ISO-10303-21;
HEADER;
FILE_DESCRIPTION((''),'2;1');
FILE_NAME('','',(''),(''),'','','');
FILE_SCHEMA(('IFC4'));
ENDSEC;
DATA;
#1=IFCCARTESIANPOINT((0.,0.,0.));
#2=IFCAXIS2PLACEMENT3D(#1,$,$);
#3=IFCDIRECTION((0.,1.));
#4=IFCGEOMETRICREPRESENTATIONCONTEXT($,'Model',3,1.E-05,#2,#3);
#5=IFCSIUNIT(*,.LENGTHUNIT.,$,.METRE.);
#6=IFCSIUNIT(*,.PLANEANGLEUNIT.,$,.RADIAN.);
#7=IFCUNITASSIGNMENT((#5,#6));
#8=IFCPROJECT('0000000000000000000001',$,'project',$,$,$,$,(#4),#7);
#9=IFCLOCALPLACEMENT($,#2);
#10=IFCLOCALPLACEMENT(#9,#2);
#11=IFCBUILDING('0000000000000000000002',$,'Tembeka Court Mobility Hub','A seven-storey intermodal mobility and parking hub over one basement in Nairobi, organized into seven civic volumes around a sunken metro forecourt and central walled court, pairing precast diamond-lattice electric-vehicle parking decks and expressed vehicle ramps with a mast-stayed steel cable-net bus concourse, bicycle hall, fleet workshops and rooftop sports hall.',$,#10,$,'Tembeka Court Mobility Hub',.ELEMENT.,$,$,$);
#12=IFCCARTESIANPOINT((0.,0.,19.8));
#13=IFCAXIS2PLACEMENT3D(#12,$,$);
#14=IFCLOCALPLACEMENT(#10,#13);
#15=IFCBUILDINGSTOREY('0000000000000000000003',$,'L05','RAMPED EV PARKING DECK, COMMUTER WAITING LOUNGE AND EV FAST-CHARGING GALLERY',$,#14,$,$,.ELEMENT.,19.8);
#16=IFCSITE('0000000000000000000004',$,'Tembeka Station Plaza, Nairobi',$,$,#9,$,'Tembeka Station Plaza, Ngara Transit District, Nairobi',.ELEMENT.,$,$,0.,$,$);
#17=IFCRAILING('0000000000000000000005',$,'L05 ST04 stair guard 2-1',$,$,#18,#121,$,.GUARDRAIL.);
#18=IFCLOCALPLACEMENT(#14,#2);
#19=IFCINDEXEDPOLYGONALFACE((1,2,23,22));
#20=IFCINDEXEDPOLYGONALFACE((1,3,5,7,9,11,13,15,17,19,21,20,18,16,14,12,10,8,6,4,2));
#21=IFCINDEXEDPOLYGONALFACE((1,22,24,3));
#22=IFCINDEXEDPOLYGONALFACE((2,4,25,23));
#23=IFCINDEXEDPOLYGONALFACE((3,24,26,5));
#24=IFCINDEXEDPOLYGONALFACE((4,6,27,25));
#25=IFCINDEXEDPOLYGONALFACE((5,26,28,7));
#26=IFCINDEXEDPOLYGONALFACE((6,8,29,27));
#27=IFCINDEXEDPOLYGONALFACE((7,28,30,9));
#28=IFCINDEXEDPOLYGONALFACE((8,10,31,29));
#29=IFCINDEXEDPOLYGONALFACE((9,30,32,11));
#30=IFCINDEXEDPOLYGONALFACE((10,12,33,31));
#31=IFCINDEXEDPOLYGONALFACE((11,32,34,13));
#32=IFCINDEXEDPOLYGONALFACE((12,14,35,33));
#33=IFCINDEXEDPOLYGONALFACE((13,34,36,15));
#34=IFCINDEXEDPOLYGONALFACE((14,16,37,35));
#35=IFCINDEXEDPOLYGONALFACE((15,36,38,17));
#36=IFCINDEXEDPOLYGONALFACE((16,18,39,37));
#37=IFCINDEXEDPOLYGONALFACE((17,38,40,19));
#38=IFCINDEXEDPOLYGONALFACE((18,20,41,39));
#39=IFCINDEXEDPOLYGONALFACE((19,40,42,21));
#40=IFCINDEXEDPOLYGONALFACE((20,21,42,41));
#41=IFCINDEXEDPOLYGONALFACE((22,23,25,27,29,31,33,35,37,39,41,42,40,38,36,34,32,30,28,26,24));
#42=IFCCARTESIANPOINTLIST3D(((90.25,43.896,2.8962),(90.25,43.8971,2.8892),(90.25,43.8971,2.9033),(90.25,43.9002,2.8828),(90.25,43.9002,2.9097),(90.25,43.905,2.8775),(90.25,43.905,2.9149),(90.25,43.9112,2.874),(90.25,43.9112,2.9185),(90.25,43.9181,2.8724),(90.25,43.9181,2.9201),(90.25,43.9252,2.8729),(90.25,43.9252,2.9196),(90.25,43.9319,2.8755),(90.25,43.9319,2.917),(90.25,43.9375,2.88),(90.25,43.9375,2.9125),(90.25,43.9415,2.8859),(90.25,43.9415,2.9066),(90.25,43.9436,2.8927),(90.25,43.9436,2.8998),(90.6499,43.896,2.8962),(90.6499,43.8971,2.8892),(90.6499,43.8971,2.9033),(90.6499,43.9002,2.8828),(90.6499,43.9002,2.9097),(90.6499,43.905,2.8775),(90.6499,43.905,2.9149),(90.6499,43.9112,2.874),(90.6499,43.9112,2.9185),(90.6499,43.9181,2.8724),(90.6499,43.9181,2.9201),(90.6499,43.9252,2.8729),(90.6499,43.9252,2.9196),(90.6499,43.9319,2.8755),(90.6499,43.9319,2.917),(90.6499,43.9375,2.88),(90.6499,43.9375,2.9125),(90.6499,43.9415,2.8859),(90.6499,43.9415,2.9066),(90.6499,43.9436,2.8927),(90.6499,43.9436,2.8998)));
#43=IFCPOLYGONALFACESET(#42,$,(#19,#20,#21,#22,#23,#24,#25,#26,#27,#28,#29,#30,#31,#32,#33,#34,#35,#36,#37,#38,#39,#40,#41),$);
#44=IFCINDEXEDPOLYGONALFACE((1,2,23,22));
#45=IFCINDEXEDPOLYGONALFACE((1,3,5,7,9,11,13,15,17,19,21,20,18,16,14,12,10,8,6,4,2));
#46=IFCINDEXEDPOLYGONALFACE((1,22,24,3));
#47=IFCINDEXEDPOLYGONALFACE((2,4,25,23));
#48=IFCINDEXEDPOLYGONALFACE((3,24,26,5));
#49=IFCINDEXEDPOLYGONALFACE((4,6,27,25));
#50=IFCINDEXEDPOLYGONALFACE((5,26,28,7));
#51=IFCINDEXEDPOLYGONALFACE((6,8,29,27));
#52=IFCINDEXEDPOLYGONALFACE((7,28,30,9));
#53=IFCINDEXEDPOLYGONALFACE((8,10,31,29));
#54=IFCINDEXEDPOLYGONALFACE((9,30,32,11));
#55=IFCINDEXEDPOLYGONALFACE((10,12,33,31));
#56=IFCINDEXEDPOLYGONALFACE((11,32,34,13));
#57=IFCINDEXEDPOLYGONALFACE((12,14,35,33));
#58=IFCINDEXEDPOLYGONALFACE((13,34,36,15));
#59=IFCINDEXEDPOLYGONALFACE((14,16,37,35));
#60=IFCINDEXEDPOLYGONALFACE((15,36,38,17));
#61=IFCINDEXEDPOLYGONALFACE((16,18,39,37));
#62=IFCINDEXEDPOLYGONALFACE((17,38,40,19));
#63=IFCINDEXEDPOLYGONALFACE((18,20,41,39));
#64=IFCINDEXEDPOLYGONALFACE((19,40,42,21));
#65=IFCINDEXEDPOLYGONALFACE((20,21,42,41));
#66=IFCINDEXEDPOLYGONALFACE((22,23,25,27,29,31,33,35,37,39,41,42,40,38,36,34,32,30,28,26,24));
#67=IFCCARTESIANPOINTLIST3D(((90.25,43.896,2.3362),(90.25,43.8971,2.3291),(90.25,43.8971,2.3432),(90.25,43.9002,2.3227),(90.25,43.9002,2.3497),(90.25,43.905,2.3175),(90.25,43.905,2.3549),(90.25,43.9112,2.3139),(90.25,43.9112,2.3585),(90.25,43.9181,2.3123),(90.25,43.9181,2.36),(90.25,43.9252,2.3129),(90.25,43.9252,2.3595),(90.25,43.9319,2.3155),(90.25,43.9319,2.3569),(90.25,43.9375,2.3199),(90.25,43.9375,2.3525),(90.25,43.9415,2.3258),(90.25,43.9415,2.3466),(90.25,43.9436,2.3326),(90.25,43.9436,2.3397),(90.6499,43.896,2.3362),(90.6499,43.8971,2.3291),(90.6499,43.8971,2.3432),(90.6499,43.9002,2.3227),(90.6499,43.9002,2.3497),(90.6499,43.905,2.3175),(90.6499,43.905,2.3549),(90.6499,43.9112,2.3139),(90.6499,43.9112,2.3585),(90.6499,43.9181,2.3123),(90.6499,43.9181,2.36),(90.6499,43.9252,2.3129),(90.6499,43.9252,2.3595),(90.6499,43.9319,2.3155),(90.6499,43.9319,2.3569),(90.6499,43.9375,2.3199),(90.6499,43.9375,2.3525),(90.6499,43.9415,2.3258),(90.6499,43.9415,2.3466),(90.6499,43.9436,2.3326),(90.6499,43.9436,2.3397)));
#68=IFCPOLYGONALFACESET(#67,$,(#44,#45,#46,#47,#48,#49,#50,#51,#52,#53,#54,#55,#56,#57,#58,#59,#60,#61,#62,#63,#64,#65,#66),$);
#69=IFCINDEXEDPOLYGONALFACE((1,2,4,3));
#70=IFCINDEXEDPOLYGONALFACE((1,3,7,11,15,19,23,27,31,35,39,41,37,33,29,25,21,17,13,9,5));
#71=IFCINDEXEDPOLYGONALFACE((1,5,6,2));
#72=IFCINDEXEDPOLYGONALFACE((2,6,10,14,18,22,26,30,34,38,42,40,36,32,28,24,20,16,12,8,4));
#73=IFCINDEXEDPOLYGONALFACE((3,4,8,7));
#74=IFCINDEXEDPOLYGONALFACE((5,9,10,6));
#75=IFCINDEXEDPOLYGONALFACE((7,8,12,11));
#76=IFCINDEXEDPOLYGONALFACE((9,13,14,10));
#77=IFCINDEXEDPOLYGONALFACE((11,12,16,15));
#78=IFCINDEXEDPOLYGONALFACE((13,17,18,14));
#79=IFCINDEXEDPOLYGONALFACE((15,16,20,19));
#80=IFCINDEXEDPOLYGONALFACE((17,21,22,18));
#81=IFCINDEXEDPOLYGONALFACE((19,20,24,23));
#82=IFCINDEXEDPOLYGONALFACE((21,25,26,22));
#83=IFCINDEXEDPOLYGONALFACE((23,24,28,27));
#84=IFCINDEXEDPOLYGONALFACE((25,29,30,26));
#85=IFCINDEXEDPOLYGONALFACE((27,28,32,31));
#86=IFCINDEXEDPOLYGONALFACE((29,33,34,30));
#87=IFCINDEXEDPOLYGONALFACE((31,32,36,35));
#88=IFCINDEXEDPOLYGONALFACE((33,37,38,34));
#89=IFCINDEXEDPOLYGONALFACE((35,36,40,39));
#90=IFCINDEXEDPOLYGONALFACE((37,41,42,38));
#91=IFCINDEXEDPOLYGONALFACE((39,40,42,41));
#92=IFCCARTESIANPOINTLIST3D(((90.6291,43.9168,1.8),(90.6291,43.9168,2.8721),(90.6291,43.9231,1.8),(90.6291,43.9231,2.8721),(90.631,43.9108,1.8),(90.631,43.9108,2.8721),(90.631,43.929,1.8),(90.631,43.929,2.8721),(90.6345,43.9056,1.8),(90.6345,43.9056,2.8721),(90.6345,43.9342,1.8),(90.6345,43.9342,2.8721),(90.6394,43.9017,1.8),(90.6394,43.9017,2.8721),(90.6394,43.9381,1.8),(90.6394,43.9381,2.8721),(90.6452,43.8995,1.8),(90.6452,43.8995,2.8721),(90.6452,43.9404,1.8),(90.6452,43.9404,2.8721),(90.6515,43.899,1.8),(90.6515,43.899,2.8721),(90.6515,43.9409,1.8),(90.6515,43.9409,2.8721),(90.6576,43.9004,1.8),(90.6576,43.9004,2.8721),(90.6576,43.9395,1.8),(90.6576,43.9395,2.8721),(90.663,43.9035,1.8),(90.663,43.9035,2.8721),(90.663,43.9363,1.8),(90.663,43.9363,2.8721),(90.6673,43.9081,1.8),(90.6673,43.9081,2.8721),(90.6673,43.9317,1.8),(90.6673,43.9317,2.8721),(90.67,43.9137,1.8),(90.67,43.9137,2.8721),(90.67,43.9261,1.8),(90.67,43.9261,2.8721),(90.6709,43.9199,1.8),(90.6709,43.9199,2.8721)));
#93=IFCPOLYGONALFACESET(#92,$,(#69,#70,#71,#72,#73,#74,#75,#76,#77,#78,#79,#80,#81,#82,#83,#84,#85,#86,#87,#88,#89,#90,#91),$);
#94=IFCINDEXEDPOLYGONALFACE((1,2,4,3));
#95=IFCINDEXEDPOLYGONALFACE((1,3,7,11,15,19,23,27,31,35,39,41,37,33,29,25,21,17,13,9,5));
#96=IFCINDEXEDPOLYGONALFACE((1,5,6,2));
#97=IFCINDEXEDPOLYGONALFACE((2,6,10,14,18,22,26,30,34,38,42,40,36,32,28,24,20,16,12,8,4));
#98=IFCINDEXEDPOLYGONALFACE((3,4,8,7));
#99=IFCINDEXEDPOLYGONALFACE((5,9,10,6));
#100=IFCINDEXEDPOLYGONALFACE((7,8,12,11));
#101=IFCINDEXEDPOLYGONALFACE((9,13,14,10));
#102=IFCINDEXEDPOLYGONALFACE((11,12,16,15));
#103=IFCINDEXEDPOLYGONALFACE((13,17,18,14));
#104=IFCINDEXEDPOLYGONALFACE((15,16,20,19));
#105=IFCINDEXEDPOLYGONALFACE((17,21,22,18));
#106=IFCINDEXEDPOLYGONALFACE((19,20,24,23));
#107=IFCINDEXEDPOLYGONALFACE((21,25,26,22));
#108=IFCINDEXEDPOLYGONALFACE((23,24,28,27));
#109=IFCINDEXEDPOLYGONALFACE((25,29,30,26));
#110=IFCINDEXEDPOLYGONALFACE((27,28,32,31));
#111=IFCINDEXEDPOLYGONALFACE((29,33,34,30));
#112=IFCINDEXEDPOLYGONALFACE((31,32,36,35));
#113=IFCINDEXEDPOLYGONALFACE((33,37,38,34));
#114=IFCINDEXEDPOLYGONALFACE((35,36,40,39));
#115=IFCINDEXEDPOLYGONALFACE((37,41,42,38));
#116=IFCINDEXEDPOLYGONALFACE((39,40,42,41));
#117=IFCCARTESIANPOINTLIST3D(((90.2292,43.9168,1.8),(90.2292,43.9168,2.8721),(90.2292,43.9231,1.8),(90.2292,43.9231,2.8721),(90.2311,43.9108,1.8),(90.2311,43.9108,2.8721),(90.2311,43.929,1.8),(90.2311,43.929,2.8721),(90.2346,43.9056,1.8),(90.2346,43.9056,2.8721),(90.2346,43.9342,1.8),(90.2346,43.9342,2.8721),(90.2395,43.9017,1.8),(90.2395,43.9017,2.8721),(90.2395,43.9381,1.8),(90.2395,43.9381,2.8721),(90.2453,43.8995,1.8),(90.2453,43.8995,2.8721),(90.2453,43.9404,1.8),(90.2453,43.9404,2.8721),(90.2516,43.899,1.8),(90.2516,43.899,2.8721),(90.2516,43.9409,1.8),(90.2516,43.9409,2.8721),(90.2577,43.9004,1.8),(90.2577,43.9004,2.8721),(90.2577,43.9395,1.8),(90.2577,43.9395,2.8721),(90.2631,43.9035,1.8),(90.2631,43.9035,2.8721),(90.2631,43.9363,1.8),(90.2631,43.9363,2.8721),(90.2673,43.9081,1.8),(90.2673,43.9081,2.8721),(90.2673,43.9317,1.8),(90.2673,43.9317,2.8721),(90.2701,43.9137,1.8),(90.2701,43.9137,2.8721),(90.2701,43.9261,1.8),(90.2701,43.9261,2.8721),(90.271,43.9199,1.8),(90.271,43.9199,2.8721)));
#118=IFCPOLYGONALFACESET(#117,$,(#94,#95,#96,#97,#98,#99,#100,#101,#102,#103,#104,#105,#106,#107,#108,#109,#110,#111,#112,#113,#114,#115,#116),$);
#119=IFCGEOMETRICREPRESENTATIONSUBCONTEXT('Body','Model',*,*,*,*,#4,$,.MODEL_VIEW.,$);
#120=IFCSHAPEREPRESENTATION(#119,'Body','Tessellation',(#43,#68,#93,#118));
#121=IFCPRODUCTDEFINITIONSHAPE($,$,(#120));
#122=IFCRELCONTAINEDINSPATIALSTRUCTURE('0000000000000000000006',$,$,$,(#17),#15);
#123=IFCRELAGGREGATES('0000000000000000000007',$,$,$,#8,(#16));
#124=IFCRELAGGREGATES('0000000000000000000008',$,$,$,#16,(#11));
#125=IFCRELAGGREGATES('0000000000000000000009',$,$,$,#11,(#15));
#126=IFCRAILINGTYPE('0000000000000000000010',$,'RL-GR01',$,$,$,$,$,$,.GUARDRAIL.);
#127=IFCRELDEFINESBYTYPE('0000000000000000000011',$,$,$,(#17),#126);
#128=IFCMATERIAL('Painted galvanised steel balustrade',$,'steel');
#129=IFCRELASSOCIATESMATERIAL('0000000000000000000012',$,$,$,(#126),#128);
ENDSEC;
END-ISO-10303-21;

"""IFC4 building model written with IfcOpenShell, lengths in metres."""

from ifc_helpers import new_model, si_unit, direction, frame, origin, origin_2d, place, context, subcontext, project, spatial, circle, extrude, material, type_object, element, save


model = new_model("IFC4")

# Units and contexts
model_context = context("Model", 3, precision=1e-05, world=origin(), true_north=direction((0.0, 1.0)))
body_context = subcontext(model_context, "Body", "Model", "MODEL_VIEW")
ifc_project = project(units=[si_unit("LENGTHUNIT", "METRE"), si_unit("PLANEANGLEUNIT", "RADIAN")], contexts=[model_context])

# Site, building, storey
site_placement = place(None, origin())
site = spatial("IfcSite", under=ifc_project, at=site_placement, Name="Tembeka Station Plaza, Nairobi", LongName="Tembeka Station Plaza, Ngara Transit District, Nairobi", CompositionType="ELEMENT", RefElevation=0.0)
building_placement = place(site_placement, origin())
building = spatial("IfcBuilding", under=site, at=building_placement, Name="Tembeka Court Mobility Hub", Description="A seven-storey intermodal mobility and parking hub over one basement in Nairobi, organized into seven civic volumes around a sunken metro forecourt and central walled court, pairing precast diamond-lattice electric-vehicle parking decks and expressed vehicle ramps with a mast-stayed steel cable-net bus concourse, bicycle hall, fleet workshops and rooftop sports hall.", LongName="Tembeka Court Mobility Hub", CompositionType="ELEMENT")
storey_placement = place(building_placement, frame((0.0, 0.0, 19.8)))
storey = spatial("IfcBuildingStorey", under=building, at=storey_placement, Name="L05", Description="RAMPED EV PARKING DECK, COMMUTER WAITING LOUNGE AND EV FAST-CHARGING GALLERY", CompositionType="ELEMENT", Elevation=19.8)

# Railing
ifc_material_1 = material(Name="Painted galvanised steel balustrade", Category="steel")
railing_type_1 = type_object("IfcRailingType", Name="RL-GR01", PredefinedType="GUARDRAIL", material=ifc_material_1)
railing_1_placement = place(storey_placement, frame((90.6499, 43.9199, 1.8)))
element("IfcRailing", 1, at=railing_1_placement, inside=storey, type_object=railing_type_1, Name="L05 ST04 stair guard 2-1", PredefinedType="GUARDRAIL", context=body_context, shape_type="SweptSolid", body=[
    extrude(circle(Radius=0.0239, at=origin_2d()), frame((0.0, 0.0, 1.0962), z_axis=(-1.0, 0.0, 0.0), x_axis=(0.0, -1.0, 0.0)), (0.0, 0.0, 1.0), 0.3999),
    extrude(circle(Radius=0.0239, at=origin_2d()), frame((0.0, 0.0, 0.5361), z_axis=(-1.0, 0.0, 0.0), x_axis=(0.0, -1.0, 0.0)), (0.0, 0.0, 1.0), 0.3999),
    extrude(circle(Radius=0.021, at=origin_2d()), origin(), (0.0, 0.0, 1.0), 1.072),
    extrude(circle(Radius=0.021, at=origin_2d()), frame((-0.3999, 0.0, 0.0)), (0.0, 0.0, 1.0), 1.072),
])

save(model, "model.ifc")
